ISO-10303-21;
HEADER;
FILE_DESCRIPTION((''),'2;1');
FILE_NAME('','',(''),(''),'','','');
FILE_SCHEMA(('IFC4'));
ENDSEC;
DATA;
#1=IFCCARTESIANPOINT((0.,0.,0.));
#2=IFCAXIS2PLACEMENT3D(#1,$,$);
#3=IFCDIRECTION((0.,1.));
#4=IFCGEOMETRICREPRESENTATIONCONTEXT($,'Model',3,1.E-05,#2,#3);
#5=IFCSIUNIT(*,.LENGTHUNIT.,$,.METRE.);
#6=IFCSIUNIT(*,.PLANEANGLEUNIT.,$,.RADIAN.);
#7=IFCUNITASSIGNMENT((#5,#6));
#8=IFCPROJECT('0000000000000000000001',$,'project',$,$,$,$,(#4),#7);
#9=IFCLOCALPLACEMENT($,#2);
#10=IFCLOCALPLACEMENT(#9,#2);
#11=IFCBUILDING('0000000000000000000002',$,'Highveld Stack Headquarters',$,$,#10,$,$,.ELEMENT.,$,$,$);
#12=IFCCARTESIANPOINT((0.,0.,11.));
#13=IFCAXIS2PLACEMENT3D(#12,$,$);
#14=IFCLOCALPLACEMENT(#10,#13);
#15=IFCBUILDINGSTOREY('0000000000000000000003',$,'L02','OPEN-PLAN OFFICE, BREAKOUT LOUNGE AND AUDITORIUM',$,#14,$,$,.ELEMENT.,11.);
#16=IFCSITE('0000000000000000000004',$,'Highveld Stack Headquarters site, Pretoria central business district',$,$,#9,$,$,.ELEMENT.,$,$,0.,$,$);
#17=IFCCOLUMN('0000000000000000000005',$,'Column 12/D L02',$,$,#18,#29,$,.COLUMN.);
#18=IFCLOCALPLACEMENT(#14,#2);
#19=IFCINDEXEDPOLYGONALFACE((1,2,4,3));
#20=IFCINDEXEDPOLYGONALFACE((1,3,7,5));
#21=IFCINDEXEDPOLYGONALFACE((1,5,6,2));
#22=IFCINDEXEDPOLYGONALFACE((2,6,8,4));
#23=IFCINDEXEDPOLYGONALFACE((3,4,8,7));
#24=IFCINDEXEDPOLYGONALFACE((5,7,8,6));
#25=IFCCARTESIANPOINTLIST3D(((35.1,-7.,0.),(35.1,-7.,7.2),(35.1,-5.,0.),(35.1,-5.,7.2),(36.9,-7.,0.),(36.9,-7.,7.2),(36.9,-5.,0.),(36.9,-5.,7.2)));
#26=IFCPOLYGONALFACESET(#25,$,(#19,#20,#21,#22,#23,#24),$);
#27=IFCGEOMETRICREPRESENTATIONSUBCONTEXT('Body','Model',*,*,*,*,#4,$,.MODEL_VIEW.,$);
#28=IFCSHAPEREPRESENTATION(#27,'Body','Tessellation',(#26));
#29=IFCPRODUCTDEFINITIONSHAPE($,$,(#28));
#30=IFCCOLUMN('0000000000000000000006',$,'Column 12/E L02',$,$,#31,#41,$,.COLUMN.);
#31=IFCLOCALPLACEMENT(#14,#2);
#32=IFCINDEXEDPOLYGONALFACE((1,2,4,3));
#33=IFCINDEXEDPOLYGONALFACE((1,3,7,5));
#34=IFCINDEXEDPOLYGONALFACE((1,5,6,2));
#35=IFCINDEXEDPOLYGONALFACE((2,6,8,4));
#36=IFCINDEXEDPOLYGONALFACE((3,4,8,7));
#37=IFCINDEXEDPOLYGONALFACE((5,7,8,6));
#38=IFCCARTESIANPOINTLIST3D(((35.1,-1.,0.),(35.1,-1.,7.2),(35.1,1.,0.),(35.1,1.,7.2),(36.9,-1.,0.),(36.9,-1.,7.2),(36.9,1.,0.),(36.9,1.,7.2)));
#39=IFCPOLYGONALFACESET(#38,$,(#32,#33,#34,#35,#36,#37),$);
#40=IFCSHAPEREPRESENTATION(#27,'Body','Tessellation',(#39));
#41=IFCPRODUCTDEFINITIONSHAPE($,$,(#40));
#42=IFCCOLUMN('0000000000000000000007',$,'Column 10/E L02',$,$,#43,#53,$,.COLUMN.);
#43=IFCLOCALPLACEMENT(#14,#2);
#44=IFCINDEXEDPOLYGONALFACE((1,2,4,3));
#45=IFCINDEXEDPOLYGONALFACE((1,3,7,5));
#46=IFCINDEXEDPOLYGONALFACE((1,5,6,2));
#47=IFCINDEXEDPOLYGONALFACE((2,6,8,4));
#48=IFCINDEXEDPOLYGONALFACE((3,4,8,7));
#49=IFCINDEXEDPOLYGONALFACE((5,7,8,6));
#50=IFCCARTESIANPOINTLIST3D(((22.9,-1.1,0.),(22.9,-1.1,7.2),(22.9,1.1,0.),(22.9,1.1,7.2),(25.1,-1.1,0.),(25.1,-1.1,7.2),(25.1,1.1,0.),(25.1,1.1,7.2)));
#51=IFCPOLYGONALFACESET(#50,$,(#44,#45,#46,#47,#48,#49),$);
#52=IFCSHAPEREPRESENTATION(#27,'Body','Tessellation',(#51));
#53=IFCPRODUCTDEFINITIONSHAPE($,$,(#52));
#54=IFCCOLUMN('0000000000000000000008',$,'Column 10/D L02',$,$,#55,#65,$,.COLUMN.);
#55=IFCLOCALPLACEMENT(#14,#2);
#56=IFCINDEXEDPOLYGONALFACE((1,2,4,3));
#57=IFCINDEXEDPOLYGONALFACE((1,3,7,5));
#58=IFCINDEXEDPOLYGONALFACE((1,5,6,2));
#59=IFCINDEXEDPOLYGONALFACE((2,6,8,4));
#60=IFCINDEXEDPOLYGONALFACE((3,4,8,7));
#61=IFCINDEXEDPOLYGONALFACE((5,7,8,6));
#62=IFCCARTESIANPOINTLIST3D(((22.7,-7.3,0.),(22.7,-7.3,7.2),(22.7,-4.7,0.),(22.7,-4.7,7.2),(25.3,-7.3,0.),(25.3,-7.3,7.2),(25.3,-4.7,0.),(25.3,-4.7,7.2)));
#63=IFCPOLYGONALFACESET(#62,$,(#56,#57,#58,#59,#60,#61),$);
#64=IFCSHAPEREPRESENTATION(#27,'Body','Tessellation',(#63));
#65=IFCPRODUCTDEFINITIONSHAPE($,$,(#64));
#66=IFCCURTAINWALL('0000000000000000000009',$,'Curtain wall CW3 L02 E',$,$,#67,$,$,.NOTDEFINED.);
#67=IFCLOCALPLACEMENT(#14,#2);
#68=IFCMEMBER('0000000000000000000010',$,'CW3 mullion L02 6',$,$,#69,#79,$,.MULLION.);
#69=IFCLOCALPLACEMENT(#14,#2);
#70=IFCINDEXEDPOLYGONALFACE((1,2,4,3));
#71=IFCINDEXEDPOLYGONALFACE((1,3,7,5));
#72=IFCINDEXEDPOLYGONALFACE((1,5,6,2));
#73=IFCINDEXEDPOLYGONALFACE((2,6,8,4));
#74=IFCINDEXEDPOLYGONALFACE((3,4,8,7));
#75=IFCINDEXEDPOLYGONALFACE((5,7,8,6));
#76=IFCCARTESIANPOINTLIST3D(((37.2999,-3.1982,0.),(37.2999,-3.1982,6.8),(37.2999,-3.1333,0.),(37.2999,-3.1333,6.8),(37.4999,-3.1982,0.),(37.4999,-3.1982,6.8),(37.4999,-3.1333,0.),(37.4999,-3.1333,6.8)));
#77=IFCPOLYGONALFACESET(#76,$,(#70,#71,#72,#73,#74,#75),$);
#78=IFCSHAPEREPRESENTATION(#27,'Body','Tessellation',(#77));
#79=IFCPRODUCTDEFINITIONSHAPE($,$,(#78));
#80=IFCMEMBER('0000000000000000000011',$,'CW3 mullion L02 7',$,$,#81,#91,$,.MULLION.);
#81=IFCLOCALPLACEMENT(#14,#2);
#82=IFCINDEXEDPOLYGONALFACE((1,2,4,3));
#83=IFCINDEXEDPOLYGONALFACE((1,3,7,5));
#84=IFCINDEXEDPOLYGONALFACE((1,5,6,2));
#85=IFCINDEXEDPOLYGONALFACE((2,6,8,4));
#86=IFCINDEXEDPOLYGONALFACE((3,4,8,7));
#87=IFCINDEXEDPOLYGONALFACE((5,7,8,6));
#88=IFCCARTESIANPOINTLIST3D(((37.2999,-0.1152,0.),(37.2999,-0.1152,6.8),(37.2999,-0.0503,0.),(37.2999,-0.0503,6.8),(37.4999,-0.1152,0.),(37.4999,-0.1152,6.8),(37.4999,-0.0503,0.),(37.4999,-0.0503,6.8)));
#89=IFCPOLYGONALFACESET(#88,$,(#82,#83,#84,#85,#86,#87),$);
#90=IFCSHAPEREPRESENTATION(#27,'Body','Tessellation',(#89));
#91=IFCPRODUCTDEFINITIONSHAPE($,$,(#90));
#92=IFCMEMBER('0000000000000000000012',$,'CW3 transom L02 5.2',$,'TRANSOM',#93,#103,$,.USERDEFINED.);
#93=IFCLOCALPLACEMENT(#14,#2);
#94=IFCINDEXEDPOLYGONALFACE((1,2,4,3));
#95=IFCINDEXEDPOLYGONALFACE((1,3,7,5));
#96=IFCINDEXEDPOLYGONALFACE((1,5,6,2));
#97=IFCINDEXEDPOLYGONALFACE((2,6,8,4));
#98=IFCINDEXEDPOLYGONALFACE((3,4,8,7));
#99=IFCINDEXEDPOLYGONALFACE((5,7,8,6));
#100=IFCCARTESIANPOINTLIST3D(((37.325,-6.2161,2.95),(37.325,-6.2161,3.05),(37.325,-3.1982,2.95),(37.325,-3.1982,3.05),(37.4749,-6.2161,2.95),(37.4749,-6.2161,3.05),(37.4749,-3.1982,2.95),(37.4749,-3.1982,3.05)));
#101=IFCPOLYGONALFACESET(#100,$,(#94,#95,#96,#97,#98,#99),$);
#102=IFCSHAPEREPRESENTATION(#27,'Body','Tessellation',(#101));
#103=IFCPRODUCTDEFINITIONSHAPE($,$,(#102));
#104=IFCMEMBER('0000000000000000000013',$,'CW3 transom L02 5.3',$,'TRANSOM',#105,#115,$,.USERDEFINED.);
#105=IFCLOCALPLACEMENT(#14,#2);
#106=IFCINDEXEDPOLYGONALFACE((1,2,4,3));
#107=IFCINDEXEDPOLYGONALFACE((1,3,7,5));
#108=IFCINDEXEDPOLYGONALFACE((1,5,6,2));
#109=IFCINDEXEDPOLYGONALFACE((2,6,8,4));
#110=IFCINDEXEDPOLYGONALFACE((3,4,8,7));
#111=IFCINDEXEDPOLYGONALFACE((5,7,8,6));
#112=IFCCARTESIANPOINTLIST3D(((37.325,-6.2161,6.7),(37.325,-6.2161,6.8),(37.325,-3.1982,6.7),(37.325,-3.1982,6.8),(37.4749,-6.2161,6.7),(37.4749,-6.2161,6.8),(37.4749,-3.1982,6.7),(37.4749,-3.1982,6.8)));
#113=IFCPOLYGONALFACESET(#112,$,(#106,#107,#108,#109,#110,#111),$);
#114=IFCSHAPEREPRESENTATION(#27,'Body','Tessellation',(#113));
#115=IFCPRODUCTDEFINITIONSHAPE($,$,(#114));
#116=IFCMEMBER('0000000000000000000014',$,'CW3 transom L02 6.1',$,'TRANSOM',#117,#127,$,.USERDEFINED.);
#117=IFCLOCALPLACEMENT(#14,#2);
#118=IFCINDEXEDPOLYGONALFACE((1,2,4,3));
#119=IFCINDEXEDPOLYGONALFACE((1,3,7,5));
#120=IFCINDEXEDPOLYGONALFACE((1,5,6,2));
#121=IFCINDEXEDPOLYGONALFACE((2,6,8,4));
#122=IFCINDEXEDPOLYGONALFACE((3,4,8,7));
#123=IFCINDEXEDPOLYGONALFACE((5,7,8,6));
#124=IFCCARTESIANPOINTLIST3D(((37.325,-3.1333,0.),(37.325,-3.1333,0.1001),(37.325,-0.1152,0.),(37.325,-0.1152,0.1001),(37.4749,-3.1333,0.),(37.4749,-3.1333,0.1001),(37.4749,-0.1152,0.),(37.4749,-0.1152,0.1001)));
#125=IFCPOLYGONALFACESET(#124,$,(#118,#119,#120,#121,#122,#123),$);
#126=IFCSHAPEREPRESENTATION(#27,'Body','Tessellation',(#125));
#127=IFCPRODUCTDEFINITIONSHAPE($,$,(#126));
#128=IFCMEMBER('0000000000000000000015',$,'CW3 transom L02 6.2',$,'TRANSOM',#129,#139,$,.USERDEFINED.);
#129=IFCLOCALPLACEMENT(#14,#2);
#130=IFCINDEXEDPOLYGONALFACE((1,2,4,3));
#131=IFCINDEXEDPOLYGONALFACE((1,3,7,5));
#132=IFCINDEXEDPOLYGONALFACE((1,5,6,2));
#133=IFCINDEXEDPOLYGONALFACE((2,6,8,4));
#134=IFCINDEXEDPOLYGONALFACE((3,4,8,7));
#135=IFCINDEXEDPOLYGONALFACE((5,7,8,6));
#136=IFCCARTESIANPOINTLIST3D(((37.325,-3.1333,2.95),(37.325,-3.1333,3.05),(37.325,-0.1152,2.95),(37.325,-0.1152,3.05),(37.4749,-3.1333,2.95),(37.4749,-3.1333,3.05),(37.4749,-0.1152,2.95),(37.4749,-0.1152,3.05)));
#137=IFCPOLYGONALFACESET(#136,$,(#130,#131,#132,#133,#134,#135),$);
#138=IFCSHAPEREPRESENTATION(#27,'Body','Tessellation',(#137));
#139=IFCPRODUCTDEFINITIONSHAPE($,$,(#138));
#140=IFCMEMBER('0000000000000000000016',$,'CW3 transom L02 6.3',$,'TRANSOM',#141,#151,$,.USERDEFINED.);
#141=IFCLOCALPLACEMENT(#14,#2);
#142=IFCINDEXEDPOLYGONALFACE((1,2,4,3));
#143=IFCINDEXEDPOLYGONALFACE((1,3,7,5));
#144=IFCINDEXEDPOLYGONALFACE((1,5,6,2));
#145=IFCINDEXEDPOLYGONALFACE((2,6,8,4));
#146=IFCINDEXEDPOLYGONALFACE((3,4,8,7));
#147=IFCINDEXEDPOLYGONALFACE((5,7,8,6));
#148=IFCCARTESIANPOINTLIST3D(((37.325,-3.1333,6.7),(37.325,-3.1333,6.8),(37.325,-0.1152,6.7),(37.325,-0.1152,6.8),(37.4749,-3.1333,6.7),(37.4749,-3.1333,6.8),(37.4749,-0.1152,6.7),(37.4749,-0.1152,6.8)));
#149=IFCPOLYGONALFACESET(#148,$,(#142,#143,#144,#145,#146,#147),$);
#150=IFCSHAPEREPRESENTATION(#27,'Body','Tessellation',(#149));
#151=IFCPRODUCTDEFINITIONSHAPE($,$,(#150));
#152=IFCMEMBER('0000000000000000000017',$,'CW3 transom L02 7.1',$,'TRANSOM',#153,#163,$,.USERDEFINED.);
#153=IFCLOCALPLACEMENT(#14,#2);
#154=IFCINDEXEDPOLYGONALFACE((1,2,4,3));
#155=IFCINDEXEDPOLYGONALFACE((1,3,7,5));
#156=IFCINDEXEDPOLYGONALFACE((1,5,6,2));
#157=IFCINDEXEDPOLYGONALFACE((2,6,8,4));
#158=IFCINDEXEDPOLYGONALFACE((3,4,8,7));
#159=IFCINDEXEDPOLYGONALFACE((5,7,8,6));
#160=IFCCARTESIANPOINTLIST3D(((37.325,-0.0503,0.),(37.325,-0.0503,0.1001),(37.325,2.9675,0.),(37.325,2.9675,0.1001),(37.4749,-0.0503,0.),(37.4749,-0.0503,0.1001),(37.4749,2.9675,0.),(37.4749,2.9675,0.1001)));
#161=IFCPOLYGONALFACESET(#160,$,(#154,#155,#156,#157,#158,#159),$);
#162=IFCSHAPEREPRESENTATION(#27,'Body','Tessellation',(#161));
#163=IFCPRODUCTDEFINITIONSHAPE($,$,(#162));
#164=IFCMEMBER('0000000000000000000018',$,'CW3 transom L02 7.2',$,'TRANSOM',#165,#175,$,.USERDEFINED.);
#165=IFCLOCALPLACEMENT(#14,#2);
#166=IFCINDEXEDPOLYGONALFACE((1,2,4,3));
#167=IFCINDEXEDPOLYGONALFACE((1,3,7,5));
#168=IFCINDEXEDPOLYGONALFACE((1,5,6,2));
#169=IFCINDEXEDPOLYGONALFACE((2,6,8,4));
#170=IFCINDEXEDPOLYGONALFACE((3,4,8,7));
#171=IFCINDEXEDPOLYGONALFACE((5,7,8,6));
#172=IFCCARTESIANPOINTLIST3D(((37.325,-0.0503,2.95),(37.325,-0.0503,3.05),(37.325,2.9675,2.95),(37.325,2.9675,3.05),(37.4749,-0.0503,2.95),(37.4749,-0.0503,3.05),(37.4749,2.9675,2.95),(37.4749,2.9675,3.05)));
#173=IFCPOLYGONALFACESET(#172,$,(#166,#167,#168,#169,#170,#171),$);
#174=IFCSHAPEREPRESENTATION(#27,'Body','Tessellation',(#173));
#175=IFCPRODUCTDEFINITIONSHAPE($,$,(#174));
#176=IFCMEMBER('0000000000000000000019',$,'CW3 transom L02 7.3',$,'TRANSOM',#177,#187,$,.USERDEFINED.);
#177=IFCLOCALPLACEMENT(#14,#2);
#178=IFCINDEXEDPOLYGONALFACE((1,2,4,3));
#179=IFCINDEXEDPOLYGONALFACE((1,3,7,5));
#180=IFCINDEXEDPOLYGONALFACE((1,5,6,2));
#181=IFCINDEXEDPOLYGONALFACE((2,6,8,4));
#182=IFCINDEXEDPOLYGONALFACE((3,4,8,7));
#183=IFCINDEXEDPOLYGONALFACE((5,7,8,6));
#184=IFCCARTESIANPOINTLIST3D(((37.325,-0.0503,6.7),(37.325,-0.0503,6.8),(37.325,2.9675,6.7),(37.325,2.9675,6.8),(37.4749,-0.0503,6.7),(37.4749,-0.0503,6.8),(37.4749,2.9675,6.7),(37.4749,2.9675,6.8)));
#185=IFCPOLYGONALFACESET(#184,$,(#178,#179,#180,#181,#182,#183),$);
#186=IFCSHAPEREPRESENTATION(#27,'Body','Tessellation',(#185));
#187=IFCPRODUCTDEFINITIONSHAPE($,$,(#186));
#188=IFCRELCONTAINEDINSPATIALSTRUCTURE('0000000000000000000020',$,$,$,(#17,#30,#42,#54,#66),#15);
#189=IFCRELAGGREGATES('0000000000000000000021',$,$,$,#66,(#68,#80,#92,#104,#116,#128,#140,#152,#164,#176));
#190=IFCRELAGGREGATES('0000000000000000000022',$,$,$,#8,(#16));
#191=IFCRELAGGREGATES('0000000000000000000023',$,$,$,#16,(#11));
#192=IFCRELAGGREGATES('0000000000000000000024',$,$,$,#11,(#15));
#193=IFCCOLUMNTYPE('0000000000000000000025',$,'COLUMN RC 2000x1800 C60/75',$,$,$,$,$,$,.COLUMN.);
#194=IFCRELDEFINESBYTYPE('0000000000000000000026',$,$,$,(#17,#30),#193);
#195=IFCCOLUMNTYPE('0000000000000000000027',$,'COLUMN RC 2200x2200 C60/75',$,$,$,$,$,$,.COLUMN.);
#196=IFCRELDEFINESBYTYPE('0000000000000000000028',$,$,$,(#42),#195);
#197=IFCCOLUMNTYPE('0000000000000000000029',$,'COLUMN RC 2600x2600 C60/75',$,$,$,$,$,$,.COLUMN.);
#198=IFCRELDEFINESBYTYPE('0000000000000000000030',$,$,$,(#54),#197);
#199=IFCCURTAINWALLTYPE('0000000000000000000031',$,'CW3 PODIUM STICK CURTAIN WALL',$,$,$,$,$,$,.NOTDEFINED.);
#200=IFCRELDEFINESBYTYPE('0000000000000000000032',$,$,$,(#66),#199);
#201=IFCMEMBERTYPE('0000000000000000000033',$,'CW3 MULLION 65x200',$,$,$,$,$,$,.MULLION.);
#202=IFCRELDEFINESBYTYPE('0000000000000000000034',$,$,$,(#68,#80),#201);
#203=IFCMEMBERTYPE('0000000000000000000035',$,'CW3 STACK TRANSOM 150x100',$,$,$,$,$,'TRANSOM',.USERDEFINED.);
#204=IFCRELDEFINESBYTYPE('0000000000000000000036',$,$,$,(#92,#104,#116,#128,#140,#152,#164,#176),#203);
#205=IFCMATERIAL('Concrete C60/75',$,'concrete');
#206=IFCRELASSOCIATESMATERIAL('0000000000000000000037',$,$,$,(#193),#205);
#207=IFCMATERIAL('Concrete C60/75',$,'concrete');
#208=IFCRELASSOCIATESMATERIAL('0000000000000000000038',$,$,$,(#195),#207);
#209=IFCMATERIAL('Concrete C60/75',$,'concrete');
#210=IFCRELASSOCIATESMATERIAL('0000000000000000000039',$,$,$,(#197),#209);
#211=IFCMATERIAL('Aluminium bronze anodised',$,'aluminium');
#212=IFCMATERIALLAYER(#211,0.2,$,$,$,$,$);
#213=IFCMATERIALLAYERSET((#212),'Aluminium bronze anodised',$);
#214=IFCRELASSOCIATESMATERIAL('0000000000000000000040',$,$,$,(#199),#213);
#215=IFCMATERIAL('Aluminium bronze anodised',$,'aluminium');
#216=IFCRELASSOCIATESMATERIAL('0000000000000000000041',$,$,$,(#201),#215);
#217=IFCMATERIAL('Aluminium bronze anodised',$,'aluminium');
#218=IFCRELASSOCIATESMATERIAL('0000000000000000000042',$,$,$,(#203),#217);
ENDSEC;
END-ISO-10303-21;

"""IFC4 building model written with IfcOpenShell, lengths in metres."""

from ifc_helpers import new_model, si_unit, direction, frame, origin, origin_2d, place, context, subcontext, project, spatial, rectangle, extrude, material, layer, layer_set, material_profile, profile_set, type_object, element, aggregate, save


model = new_model("IFC4")

# Units and contexts
model_context = context("Model", 3, precision=1e-05, world=origin(), true_north=direction((0.0, 1.0)))
body_context = subcontext(model_context, "Body", "Model", "MODEL_VIEW")
ifc_project = project(units=[si_unit("LENGTHUNIT", "METRE"), si_unit("PLANEANGLEUNIT", "RADIAN")], contexts=[model_context])

# Site, building, storey
site_placement = place(None, origin())
site = spatial("IfcSite", under=ifc_project, at=site_placement, Name="Highveld Stack Headquarters site, Pretoria central business district", CompositionType="ELEMENT", RefElevation=0.0)
building_placement = place(site_placement, origin())
building = spatial("IfcBuilding", under=site, at=building_placement, Name="Highveld Stack Headquarters", CompositionType="ELEMENT")
storey_placement = place(building_placement, frame((0.0, 0.0, 11.0)))
storey = spatial("IfcBuildingStorey", under=building, at=storey_placement, Name="L02", Description="OPEN-PLAN OFFICE, BREAKOUT LOUNGE AND AUDITORIUM", CompositionType="ELEMENT", Elevation=11.0)

# Columns
ifc_material_1 = material(Name="Concrete C60/75", Category="concrete")
ifc_material_profile_1 = material_profile(ifc_material_1, rectangle(XDim=2.0, YDim=1.8, at=origin_2d()), Name="RC 2000x1800")
ifc_profile_set_1 = profile_set([ifc_material_profile_1], Name="Concrete C60/75")
column_type_1 = type_object("IfcColumnType", Name="COLUMN RC 2000x1800 C60/75", PredefinedType="COLUMN", material=ifc_profile_set_1)
for number, where, z_axis, x_axis, name in (
    (1, (36.0, -6.0, 0.0), (0.0, 0.0, 1.0), (0.0, 1.0, 0.0), "Column 12/D L02"),
    (2, (36.0, 0.0, 0.0), (0.0, 0.0, 1.0), (0.0, 1.0, 0.0), "Column 12/E L02"),
):
    element("IfcColumn", number, at=place(storey_placement, frame(where, z_axis=z_axis, x_axis=x_axis)), inside=storey, type_object=column_type_1, Name=name, PredefinedType="COLUMN", context=body_context, shape_type="SweptSolid", body=[
        extrude(rectangle(XDim=2.0, YDim=1.8, at=origin_2d()), origin(), (0.0, 0.0, 1.0), 7.2),
    ])
ifc_material_2 = material(Name="Concrete C60/75", Category="concrete")
ifc_material_profile_2 = material_profile(ifc_material_2, rectangle(XDim=2.2, YDim=2.2, at=origin_2d()), Name="RC 2200x2200")
ifc_profile_set_2 = profile_set([ifc_material_profile_2], Name="Concrete C60/75")
column_type_2 = type_object("IfcColumnType", Name="COLUMN RC 2200x2200 C60/75", PredefinedType="COLUMN", material=ifc_profile_set_2)
column_1_placement = place(storey_placement, frame((24.0, 0.0, 0.0), z_axis=(0.0, 0.0, 1.0), x_axis=(1.0, 0.0, 0.0)))
element("IfcColumn", 3, at=column_1_placement, inside=storey, type_object=column_type_2, Name="Column 10/E L02", PredefinedType="COLUMN", context=body_context, shape_type="SweptSolid", body=[
    extrude(rectangle(XDim=2.2, YDim=2.2, at=origin_2d()), origin(), (0.0, 0.0, 1.0), 7.2),
])
ifc_material_3 = material(Name="Concrete C60/75", Category="concrete")
ifc_material_profile_3 = material_profile(ifc_material_3, rectangle(XDim=2.6001, YDim=2.6001, at=origin_2d()), Name="RC 2600x2600")
ifc_profile_set_3 = profile_set([ifc_material_profile_3], Name="Concrete C60/75")
column_type_3 = type_object("IfcColumnType", Name="COLUMN RC 2600x2600 C60/75", PredefinedType="COLUMN", material=ifc_profile_set_3)
column_2_placement = place(storey_placement, frame((24.0, -6.0, 0.0), z_axis=(0.0, 0.0, 1.0), x_axis=(1.0, 0.0, 0.0)))
element("IfcColumn", 4, at=column_2_placement, inside=storey, type_object=column_type_3, Name="Column 10/D L02", PredefinedType="COLUMN", context=body_context, shape_type="SweptSolid", body=[
    extrude(rectangle(XDim=2.6001, YDim=2.6001, at=origin_2d()), origin(), (0.0, 0.0, 1.0), 7.2),
])

# Curtain wall, members
ifc_material_4 = material(Name="Aluminium bronze anodised", Category="aluminium")
ifc_layer_1 = layer(ifc_material_4, 0.2)
ifc_layer_set_1 = layer_set([ifc_layer_1], Name="Aluminium bronze anodised")
curtain_wall_type = type_object("IfcCurtainWallType", Name="CW3 PODIUM STICK CURTAIN WALL", PredefinedType="NOTDEFINED", material=ifc_layer_set_1)
curtain_wall_placement = place(storey_placement, origin())
curtain_wall = element("IfcCurtainWall", 5, at=curtain_wall_placement, inside=storey, type_object=curtain_wall_type, Name="Curtain wall CW3 L02 E", PredefinedType="NOTDEFINED")
ifc_material_5 = material(Name="Aluminium bronze anodised", Category="aluminium")
ifc_material_profile_4 = material_profile(ifc_material_5, rectangle(XDim=0.2, YDim=0.0649, at=origin_2d()), Name="CW3 MULLION 65x200")
ifc_profile_set_4 = profile_set([ifc_material_profile_4], Name="Aluminium bronze anodised")
member_type_1 = type_object("IfcMemberType", Name="CW3 MULLION 65x200", PredefinedType="MULLION", material=ifc_profile_set_4)
member_1_placement = place(storey_placement, frame((37.3999, -3.1658, 0.0), z_axis=(0.0, 0.0, 1.0), x_axis=(-1.0, 0.0, 0.0)))
member_1 = element("IfcMember", 6, at=member_1_placement, type_object=member_type_1, Name="CW3 mullion L02 6", PredefinedType="MULLION", context=body_context, shape_type="SweptSolid", body=[
    extrude(rectangle(XDim=0.2, YDim=0.0649, at=origin_2d()), origin(), (0.0, 0.0, 1.0), 6.8),
])
member_2_placement = place(storey_placement, frame((37.3999, -0.0828, 0.0), z_axis=(0.0, 0.0, 1.0), x_axis=(-1.0, 0.0, 0.0)))
member_2 = element("IfcMember", 7, at=member_2_placement, type_object=member_type_1, Name="CW3 mullion L02 7", PredefinedType="MULLION", context=body_context, shape_type="SweptSolid", body=[
    extrude(rectangle(XDim=0.2, YDim=0.0649, at=origin_2d()), origin(), (0.0, 0.0, 1.0), 6.8),
])
ifc_material_6 = material(Name="Aluminium bronze anodised", Category="aluminium")
ifc_material_profile_5 = material_profile(ifc_material_6, rectangle(XDim=0.1499, YDim=0.1001, at=origin_2d()), Name="CW3 TRANSOM 150x100")
ifc_profile_set_5 = profile_set([ifc_material_profile_5], Name="Aluminium bronze anodised")
member_type_2 = type_object("IfcMemberType", Name="CW3 STACK TRANSOM 150x100", ElementType="TRANSOM", PredefinedType="USERDEFINED", material=ifc_profile_set_5)
member_3_placement = place(storey_placement, frame((37.3999, -6.2161, 3.0), z_axis=(0.0, 1.0, 0.0), x_axis=(-1.0, 0.0, 0.0)))
member_3 = element("IfcMember", 8, at=member_3_placement, type_object=member_type_2, Name="CW3 transom L02 5.2", ObjectType="TRANSOM", PredefinedType="USERDEFINED", context=body_context, shape_type="SweptSolid", body=[
    extrude(rectangle(XDim=0.1499, YDim=0.1001, at=origin_2d()), origin(), (0.0, 0.0, 1.0), 3.0178),
])
member_4_placement = place(storey_placement, frame((37.3999, -6.2161, 6.75), z_axis=(0.0, 1.0, 0.0), x_axis=(-1.0, 0.0, 0.0)))
member_4 = element("IfcMember", 9, at=member_4_placement, type_object=member_type_2, Name="CW3 transom L02 5.3", ObjectType="TRANSOM", PredefinedType="USERDEFINED", context=body_context, shape_type="SweptSolid", body=[
    extrude(rectangle(XDim=0.1499, YDim=0.1001, at=origin_2d()), origin(), (0.0, 0.0, 1.0), 3.0178),
])
member_5_placement = place(storey_placement, frame((37.3999, -3.1333, 0.05), z_axis=(0.0, 1.0, 0.0), x_axis=(-1.0, 0.0, 0.0)))
member_5 = element("IfcMember", 10, at=member_5_placement, type_object=member_type_2, Name="CW3 transom L02 6.1", ObjectType="TRANSOM", PredefinedType="USERDEFINED", context=body_context, shape_type="SweptSolid", body=[
    extrude(rectangle(XDim=0.1499, YDim=0.1001, at=origin_2d()), origin(), (0.0, 0.0, 1.0), 3.0181),
])
member_6_placement = place(storey_placement, frame((37.3999, -3.1333, 3.0), z_axis=(0.0, 1.0, 0.0), x_axis=(-1.0, 0.0, 0.0)))
member_6 = element("IfcMember", 11, at=member_6_placement, type_object=member_type_2, Name="CW3 transom L02 6.2", ObjectType="TRANSOM", PredefinedType="USERDEFINED", context=body_context, shape_type="SweptSolid", body=[
    extrude(rectangle(XDim=0.1499, YDim=0.1001, at=origin_2d()), origin(), (0.0, 0.0, 1.0), 3.0181),
])
member_7_placement = place(storey_placement, frame((37.3999, -3.1333, 6.75), z_axis=(0.0, 1.0, 0.0), x_axis=(-1.0, 0.0, 0.0)))
member_7 = element("IfcMember", 12, at=member_7_placement, type_object=member_type_2, Name="CW3 transom L02 6.3", ObjectType="TRANSOM", PredefinedType="USERDEFINED", context=body_context, shape_type="SweptSolid", body=[
    extrude(rectangle(XDim=0.1499, YDim=0.1001, at=origin_2d()), origin(), (0.0, 0.0, 1.0), 3.0181),
])
member_8_placement = place(storey_placement, frame((37.3999, -0.0503, 0.05), z_axis=(0.0, 1.0, 0.0), x_axis=(-1.0, 0.0, 0.0)))
member_8 = element("IfcMember", 13, at=member_8_placement, type_object=member_type_2, Name="CW3 transom L02 7.1", ObjectType="TRANSOM", PredefinedType="USERDEFINED", context=body_context, shape_type="SweptSolid", body=[
    extrude(rectangle(XDim=0.1499, YDim=0.1001, at=origin_2d()), origin(), (0.0, 0.0, 1.0), 3.0178),
])
member_9_placement = place(storey_placement, frame((37.3999, -0.0503, 3.0), z_axis=(0.0, 1.0, 0.0), x_axis=(-1.0, 0.0, 0.0)))
member_9 = element("IfcMember", 14, at=member_9_placement, type_object=member_type_2, Name="CW3 transom L02 7.2", ObjectType="TRANSOM", PredefinedType="USERDEFINED", context=body_context, shape_type="SweptSolid", body=[
    extrude(rectangle(XDim=0.1499, YDim=0.1001, at=origin_2d()), origin(), (0.0, 0.0, 1.0), 3.0178),
])
member_10_placement = place(storey_placement, frame((37.3999, -0.0503, 6.75), z_axis=(0.0, 1.0, 0.0), x_axis=(-1.0, 0.0, 0.0)))
member_10 = element("IfcMember", 15, at=member_10_placement, type_object=member_type_2, Name="CW3 transom L02 7.3", ObjectType="TRANSOM", PredefinedType="USERDEFINED", context=body_context, shape_type="SweptSolid", body=[
    extrude(rectangle(XDim=0.1499, YDim=0.1001, at=origin_2d()), origin(), (0.0, 0.0, 1.0), 3.0178),
])
aggregate(curtain_wall, [member_1, member_2, member_3, member_4, member_5, member_6, member_7, member_8, member_9, member_10])

save(model, "model.ifc")
